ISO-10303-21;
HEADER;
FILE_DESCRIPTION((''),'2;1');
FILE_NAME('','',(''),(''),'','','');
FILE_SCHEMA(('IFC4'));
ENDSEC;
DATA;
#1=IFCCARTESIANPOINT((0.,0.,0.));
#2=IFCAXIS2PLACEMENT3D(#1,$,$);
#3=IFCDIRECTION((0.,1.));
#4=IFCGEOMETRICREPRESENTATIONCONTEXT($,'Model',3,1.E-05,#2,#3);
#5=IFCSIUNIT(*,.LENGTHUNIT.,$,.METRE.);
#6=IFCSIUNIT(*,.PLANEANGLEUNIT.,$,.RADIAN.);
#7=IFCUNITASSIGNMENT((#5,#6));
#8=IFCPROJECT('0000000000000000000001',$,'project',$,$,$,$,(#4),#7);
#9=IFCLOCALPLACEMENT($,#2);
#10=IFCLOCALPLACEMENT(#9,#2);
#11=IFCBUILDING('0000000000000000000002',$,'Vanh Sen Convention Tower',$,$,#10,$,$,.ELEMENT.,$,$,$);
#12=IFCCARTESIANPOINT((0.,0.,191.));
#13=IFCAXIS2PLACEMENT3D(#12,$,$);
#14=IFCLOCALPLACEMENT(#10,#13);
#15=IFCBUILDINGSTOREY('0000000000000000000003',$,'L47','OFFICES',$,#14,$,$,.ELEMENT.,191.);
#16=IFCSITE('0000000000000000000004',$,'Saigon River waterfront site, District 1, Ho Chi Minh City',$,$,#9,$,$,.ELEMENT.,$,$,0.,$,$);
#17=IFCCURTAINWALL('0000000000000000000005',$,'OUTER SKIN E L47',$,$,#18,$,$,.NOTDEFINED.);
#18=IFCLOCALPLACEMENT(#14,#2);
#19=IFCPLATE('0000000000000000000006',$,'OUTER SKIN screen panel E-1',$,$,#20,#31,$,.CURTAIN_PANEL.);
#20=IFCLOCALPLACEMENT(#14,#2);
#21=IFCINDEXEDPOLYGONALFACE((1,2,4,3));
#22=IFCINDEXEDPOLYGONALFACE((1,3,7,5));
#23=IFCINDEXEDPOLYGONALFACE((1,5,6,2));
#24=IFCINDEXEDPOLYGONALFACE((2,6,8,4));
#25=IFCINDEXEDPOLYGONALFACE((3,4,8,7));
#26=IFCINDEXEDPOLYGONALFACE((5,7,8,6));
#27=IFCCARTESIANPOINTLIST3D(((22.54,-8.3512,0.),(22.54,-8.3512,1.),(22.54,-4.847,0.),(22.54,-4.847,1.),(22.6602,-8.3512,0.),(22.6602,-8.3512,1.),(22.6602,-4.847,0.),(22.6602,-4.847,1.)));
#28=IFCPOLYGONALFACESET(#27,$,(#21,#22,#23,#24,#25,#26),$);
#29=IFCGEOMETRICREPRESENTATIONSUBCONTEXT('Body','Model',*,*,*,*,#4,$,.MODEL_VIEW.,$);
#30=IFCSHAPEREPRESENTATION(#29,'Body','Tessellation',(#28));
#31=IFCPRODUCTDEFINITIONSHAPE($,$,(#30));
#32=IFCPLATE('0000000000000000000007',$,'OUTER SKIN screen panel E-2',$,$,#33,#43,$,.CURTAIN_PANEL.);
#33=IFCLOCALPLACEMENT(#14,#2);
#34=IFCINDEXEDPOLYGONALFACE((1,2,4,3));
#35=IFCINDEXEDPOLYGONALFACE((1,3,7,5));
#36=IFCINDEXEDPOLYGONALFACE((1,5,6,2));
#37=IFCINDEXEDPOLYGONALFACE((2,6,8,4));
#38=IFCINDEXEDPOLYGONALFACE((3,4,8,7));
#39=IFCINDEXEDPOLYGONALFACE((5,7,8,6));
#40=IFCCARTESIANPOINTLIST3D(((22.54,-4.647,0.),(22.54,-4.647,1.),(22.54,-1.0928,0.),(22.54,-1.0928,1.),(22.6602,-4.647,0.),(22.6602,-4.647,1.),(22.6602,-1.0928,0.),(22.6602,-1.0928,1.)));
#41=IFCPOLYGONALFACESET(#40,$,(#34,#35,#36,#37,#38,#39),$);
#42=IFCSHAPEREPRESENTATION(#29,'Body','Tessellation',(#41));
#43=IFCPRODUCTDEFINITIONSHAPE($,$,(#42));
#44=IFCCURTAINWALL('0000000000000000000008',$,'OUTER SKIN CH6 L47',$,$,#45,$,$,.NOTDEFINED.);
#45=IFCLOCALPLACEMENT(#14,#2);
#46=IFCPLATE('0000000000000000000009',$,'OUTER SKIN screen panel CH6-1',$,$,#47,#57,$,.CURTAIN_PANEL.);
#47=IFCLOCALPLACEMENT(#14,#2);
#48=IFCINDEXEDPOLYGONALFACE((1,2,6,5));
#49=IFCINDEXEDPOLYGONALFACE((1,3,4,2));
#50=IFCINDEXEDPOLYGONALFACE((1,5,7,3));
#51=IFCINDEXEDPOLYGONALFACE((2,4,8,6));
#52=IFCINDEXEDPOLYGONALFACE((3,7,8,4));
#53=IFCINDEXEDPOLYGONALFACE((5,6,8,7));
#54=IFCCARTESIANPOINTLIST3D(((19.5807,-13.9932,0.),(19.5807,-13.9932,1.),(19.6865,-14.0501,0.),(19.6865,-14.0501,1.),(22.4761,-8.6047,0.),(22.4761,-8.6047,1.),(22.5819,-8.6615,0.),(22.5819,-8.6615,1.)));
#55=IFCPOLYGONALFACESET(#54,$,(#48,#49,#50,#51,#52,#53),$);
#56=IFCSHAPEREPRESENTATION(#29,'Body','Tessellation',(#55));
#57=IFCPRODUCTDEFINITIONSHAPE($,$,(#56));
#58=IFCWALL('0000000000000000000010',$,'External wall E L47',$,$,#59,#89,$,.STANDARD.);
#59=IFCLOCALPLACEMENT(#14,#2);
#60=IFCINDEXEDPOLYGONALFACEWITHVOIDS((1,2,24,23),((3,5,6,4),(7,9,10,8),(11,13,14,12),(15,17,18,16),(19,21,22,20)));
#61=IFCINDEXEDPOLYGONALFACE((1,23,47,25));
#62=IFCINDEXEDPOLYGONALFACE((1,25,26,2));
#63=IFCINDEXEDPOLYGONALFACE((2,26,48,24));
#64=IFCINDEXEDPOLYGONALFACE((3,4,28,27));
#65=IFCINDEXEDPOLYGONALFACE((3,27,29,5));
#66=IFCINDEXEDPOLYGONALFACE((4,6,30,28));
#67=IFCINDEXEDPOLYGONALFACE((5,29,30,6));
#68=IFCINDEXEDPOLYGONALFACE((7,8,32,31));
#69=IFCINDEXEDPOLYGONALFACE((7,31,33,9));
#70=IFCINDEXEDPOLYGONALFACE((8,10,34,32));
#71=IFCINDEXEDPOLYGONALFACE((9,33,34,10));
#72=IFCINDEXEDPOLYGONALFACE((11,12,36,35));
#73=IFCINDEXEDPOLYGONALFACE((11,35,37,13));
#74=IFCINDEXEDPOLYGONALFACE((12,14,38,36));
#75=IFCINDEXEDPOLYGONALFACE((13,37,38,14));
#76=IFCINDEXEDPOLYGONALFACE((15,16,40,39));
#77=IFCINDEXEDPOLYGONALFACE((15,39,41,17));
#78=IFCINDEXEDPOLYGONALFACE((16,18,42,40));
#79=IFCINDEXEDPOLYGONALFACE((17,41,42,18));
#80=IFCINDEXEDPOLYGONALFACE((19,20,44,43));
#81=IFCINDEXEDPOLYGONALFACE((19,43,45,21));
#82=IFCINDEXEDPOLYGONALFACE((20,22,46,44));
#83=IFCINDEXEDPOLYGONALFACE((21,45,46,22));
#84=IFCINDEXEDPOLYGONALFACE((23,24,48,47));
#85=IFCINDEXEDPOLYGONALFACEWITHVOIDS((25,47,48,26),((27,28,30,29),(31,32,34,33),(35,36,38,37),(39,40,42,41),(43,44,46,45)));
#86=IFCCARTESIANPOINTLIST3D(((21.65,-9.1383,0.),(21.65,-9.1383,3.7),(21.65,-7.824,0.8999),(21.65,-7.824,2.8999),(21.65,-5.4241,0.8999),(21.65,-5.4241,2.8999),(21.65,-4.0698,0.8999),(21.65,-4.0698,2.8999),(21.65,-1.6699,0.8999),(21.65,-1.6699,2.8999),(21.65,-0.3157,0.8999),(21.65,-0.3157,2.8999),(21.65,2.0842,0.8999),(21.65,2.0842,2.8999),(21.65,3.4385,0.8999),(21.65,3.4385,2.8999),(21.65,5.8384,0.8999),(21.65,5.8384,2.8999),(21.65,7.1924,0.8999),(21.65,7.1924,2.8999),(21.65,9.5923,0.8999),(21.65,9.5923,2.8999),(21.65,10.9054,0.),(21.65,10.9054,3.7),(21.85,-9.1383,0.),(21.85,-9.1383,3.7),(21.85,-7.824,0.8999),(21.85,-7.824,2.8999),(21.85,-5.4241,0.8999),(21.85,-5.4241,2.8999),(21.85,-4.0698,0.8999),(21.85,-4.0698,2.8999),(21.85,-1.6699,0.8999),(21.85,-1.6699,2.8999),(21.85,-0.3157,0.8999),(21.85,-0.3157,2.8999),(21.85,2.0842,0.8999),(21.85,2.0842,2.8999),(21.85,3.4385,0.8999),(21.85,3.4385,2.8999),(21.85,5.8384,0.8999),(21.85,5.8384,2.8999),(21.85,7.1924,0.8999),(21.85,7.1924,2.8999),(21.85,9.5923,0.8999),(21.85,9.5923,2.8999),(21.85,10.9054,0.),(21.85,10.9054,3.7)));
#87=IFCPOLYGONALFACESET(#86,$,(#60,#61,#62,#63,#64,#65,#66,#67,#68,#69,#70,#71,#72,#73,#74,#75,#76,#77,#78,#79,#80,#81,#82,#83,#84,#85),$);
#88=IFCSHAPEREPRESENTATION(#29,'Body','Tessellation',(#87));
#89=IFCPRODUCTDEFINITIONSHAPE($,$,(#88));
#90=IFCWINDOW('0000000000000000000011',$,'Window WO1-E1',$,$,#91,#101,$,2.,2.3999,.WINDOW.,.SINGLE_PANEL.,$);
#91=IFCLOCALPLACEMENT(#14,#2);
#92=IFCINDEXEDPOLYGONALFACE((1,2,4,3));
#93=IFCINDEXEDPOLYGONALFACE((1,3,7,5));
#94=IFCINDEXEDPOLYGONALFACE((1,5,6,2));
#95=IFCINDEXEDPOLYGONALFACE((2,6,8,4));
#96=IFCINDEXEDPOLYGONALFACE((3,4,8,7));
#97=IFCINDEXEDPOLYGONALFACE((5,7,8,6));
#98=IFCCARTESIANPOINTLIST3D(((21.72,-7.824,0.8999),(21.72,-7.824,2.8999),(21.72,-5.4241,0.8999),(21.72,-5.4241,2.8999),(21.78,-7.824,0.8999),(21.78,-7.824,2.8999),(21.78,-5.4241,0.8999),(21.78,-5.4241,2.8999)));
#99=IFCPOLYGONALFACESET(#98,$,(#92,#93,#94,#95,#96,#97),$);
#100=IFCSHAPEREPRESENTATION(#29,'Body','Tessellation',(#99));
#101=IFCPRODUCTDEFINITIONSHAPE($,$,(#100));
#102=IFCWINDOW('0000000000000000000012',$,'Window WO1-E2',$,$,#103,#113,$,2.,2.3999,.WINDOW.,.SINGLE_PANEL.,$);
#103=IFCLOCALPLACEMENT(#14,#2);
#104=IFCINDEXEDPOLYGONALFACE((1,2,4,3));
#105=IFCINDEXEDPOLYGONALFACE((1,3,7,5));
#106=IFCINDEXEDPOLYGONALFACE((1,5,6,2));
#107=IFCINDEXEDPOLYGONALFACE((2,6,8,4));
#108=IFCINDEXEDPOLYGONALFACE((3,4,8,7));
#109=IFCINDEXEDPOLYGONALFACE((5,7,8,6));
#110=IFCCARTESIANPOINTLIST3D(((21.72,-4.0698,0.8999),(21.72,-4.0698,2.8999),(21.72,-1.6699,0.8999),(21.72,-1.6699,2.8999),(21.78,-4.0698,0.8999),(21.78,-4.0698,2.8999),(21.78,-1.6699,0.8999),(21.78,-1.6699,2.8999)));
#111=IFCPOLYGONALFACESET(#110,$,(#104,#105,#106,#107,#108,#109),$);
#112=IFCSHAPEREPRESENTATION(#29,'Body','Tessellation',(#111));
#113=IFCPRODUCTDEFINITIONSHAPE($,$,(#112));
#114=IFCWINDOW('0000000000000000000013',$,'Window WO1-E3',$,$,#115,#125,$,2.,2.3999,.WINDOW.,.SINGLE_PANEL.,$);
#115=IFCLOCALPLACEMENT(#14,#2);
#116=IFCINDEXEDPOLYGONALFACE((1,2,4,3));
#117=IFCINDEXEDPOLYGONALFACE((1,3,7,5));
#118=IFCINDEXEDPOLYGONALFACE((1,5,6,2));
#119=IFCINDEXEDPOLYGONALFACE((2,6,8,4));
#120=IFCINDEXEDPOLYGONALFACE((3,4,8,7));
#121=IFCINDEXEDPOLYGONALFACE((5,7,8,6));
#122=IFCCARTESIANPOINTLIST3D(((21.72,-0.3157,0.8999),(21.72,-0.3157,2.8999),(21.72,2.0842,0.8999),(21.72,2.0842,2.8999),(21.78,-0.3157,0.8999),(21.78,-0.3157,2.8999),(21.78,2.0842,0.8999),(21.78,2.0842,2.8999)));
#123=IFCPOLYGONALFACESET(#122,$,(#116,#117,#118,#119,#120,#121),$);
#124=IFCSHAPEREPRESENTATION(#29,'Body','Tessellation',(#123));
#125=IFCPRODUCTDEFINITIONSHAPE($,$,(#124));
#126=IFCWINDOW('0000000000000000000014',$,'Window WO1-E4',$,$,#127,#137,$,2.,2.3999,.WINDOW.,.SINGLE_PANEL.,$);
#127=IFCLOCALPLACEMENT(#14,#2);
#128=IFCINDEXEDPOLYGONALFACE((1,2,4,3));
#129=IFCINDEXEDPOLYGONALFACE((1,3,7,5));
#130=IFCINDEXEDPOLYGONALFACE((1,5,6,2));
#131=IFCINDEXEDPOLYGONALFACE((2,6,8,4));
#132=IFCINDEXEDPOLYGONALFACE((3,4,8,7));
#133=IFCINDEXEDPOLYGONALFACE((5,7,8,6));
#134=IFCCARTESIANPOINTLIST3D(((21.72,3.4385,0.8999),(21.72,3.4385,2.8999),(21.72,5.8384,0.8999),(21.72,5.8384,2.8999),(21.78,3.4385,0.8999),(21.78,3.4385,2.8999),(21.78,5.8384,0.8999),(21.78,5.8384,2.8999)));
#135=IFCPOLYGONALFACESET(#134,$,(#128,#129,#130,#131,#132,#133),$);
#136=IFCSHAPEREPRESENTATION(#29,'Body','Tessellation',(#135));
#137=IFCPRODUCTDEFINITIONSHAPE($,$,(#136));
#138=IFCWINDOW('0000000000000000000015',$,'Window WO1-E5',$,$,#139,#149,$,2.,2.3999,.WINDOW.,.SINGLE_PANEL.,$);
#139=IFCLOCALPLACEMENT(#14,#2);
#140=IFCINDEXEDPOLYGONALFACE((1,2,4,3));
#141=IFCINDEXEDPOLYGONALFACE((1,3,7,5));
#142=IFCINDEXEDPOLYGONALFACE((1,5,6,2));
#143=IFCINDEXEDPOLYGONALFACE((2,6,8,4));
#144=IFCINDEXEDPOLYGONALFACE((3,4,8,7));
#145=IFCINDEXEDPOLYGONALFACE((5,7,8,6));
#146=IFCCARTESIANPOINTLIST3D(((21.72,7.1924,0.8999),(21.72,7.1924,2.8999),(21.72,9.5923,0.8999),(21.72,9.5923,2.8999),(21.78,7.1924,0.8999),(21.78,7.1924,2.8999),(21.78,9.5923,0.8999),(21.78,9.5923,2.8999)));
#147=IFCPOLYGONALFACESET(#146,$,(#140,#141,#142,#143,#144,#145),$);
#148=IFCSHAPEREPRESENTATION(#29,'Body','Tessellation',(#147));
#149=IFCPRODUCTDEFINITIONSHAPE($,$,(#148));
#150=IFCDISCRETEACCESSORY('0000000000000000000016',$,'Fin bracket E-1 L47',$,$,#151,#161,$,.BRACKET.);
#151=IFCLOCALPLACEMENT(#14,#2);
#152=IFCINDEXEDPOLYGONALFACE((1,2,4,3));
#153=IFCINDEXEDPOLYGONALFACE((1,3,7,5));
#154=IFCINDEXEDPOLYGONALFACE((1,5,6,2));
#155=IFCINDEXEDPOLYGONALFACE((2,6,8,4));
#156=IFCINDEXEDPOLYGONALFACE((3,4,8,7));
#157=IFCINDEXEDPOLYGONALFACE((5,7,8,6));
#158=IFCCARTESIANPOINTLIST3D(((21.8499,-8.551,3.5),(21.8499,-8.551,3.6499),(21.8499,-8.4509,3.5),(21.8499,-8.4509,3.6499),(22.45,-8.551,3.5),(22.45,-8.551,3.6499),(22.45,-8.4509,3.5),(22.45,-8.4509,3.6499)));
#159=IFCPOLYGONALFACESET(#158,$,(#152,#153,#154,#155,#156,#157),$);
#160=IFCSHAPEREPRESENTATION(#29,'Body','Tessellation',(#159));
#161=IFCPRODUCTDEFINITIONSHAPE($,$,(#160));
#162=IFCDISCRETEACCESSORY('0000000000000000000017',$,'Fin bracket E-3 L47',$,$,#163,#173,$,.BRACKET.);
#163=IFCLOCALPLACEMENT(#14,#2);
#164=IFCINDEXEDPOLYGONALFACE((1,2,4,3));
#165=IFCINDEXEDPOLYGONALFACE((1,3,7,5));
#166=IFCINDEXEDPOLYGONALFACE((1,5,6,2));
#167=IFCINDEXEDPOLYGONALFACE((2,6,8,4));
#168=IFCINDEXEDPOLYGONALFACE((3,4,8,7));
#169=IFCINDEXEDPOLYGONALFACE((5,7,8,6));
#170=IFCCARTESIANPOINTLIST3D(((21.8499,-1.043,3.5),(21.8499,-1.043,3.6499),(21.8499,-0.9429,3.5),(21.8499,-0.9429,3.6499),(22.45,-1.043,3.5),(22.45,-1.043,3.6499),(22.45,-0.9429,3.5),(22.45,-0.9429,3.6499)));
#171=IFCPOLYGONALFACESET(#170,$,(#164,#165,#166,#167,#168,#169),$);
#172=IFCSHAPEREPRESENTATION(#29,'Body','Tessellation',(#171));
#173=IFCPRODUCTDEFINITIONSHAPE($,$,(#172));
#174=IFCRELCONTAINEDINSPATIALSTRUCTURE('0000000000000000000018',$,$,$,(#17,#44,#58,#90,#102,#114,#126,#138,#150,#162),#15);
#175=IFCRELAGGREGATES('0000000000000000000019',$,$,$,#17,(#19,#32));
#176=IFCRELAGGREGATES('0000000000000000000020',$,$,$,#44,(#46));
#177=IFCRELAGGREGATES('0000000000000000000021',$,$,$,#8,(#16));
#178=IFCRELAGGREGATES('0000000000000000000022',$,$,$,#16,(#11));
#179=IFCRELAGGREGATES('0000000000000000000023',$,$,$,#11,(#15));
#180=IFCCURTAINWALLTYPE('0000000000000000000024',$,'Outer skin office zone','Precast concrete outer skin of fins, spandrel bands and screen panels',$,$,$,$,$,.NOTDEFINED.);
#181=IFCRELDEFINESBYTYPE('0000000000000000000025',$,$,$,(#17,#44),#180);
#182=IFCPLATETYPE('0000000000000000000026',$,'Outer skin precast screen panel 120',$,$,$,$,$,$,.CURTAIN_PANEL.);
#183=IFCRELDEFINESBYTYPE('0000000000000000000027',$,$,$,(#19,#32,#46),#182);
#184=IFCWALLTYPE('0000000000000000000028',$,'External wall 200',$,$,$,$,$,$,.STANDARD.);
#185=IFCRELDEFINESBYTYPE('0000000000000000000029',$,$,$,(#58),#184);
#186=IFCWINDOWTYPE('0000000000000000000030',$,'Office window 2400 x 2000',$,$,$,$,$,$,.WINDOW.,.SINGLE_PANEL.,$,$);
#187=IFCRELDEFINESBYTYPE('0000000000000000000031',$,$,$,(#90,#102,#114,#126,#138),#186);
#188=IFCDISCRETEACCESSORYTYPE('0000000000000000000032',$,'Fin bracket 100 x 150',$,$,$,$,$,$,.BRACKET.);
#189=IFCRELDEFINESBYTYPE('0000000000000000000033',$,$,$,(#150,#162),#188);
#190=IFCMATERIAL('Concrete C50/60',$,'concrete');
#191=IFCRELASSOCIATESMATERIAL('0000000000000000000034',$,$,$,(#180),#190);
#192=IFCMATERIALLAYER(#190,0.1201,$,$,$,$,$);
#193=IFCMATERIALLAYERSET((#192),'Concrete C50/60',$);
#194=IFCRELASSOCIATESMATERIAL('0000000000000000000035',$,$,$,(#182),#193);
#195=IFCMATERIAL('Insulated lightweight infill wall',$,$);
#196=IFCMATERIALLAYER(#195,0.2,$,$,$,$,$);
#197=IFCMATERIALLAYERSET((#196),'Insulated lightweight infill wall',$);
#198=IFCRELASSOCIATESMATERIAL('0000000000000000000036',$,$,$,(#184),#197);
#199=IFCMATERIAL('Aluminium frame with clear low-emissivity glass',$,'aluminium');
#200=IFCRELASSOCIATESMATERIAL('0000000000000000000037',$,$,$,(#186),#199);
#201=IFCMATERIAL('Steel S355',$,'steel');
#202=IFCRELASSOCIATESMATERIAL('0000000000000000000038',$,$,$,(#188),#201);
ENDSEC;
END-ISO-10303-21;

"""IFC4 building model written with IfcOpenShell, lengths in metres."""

from ifc_helpers import new_model, si_unit, direction, frame, frame_2d, origin, origin_2d, place, context, subcontext, project, spatial, rectangle, extrude, material, layer, layer_set, type_object, element, fill, aggregate, save


model = new_model("IFC4")

# Units and contexts
model_context = context("Model", 3, precision=1e-05, world=origin(), true_north=direction((0.0, 1.0)))
body_context = subcontext(model_context, "Body", "Model", "MODEL_VIEW")
ifc_project = project(units=[si_unit("LENGTHUNIT", "METRE"), si_unit("PLANEANGLEUNIT", "RADIAN")], contexts=[model_context])

# Site, building, storey
site_placement = place(None, origin())
site = spatial("IfcSite", under=ifc_project, at=site_placement, Name="Saigon River waterfront site, District 1, Ho Chi Minh City", CompositionType="ELEMENT", RefElevation=0.0)
building_placement = place(site_placement, origin())
building = spatial("IfcBuilding", under=site, at=building_placement, Name="Vanh Sen Convention Tower", CompositionType="ELEMENT")
storey_placement = place(building_placement, frame((0.0, 0.0, 191.0)))
storey = spatial("IfcBuildingStorey", under=building, at=storey_placement, Name="L47", Description="OFFICES", CompositionType="ELEMENT", Elevation=191.0)

# Curtain wall
ifc_material_1 = material(Name="Concrete C50/60", Category="concrete")
curtain_wall_type = type_object("IfcCurtainWallType", Name="Outer skin office zone", Description="Precast concrete outer skin of fins, spandrel bands and screen panels", PredefinedType="NOTDEFINED", material=ifc_material_1)
curtain_wall_1_placement = place(storey_placement, origin())
curtain_wall_1 = element("IfcCurtainWall", 1, at=curtain_wall_1_placement, inside=storey, type_object=curtain_wall_type, Name="OUTER SKIN E L47", PredefinedType="NOTDEFINED")

# Plates
ifc_layer_1 = layer(ifc_material_1, 0.1201)
ifc_layer_set_1 = layer_set([ifc_layer_1], Name="Concrete C50/60")
plate_type = type_object("IfcPlateType", Name="Outer skin precast screen panel 120", PredefinedType="CURTAIN_PANEL", material=ifc_layer_set_1)
plate_1_placement = place(storey_placement, frame((22.6001, -6.5991, 0.0), z_axis=(0.0, 0.0, 1.0), x_axis=(0.0, 1.0, 0.0)))
plate_1 = element("IfcPlate", 2, at=plate_1_placement, type_object=plate_type, Name="OUTER SKIN screen panel E-1", PredefinedType="CURTAIN_PANEL", context=body_context, shape_type="SweptSolid", body=[
    extrude(rectangle(XDim=3.5042, YDim=0.1201, at=origin_2d()), origin(), (0.0, 0.0, 1.0), 1.0),
])
plate_2_placement = place(storey_placement, frame((22.6001, -2.8699, 0.0), z_axis=(0.0, 0.0, 1.0), x_axis=(0.0, 1.0, 0.0)))
plate_2 = element("IfcPlate", 3, at=plate_2_placement, type_object=plate_type, Name="OUTER SKIN screen panel E-2", PredefinedType="CURTAIN_PANEL", context=body_context, shape_type="SweptSolid", body=[
    extrude(rectangle(XDim=3.5542, YDim=0.1201, at=origin_2d()), origin(), (0.0, 0.0, 1.0), 1.0),
])
aggregate(curtain_wall_1, [plate_1, plate_2])

# Curtain wall, plate
curtain_wall_2_placement = place(storey_placement, origin())
curtain_wall_2 = element("IfcCurtainWall", 4, at=curtain_wall_2_placement, inside=storey, type_object=curtain_wall_type, Name="OUTER SKIN CH6 L47", PredefinedType="NOTDEFINED")
plate_3_placement = place(storey_placement, frame((21.0813, -11.3274, 0.0), z_axis=(0.0, 0.0, 1.0), x_axis=(0.473321, 0.88089, 0.0)))
plate_3 = element("IfcPlate", 5, at=plate_3_placement, type_object=plate_type, Name="OUTER SKIN screen panel CH6-1", PredefinedType="CURTAIN_PANEL", context=body_context, shape_type="SweptSolid", body=[
    extrude(rectangle(XDim=6.1172, YDim=0.1201, at=origin_2d()), origin(), (0.0, 0.0, 1.0), 1.0),
])
aggregate(curtain_wall_2, [plate_3])

# Wall, openings, windows
ifc_material_2 = material(Name="Insulated lightweight infill wall")
ifc_layer_2 = layer(ifc_material_2, 0.2)
ifc_layer_set_2 = layer_set([ifc_layer_2], Name="Insulated lightweight infill wall")
wall_type = type_object("IfcWallType", Name="External wall 200", PredefinedType="STANDARD", material=ifc_layer_set_2)
wall_placement = place(storey_placement, frame((21.75, -9.1384, 0.0), z_axis=(0.0, 0.0, 1.0), x_axis=(0.0, 1.0, 0.0)))
wall = element("IfcWall", 6, at=wall_placement, inside=storey, type_object=wall_type, Name="External wall E L47", PredefinedType="STANDARD", context=body_context, shape_type="SweptSolid", body=[
    extrude(rectangle(XDim=20.0437, YDim=0.2, at=frame_2d((10.022, 0.0))), origin(), (0.0, 0.0, 1.0), 3.7),
])
opening_1_placement = place(wall_placement, frame((1.3145, 0.0, 0.8999)))
opening_1 = element("IfcOpeningElement", 7, at=opening_1_placement, cuts=wall, PredefinedType="OPENING", context=body_context, shape_type="SweptSolid", body=[
    extrude(rectangle(XDim=2.3999, YDim=2.0, at=frame_2d((1.2, 1.0))), frame((0.0, 0.1099, 0.0), z_axis=(0.0, -1.0, 0.0), x_axis=(1.0, 0.0, 0.0)), (0.0, 0.0, 1.0), 0.22),
])
opening_2_placement = place(wall_placement, frame((5.0686, 0.0, 0.8999)))
opening_2 = element("IfcOpeningElement", 8, at=opening_2_placement, cuts=wall, PredefinedType="OPENING", context=body_context, shape_type="SweptSolid", body=[
    extrude(rectangle(XDim=2.3999, YDim=2.0, at=frame_2d((1.2, 1.0))), frame((0.0, 0.1099, 0.0), z_axis=(0.0, -1.0, 0.0), x_axis=(1.0, 0.0, 0.0)), (0.0, 0.0, 1.0), 0.22),
])
opening_3_placement = place(wall_placement, frame((8.8228, 0.0, 0.8999)))
opening_3 = element("IfcOpeningElement", 9, at=opening_3_placement, cuts=wall, PredefinedType="OPENING", context=body_context, shape_type="SweptSolid", body=[
    extrude(rectangle(XDim=2.3999, YDim=2.0, at=frame_2d((1.2, 1.0))), frame((0.0, 0.1099, 0.0), z_axis=(0.0, -1.0, 0.0), x_axis=(1.0, 0.0, 0.0)), (0.0, 0.0, 1.0), 0.22),
])
opening_4_placement = place(wall_placement, frame((12.5769, 0.0, 0.8999)))
opening_4 = element("IfcOpeningElement", 10, at=opening_4_placement, cuts=wall, PredefinedType="OPENING", context=body_context, shape_type="SweptSolid", body=[
    extrude(rectangle(XDim=2.3999, YDim=2.0, at=frame_2d((1.2, 1.0))), frame((0.0, 0.1099, 0.0), z_axis=(0.0, -1.0, 0.0), x_axis=(1.0, 0.0, 0.0)), (0.0, 0.0, 1.0), 0.22),
])
opening_5_placement = place(wall_placement, frame((16.3308, 0.0, 0.8999)))
opening_5 = element("IfcOpeningElement", 11, at=opening_5_placement, cuts=wall, PredefinedType="OPENING", context=body_context, shape_type="SweptSolid", body=[
    extrude(rectangle(XDim=2.3999, YDim=2.0, at=frame_2d((1.2, 1.0))), frame((0.0, 0.1099, 0.0), z_axis=(0.0, -1.0, 0.0), x_axis=(1.0, 0.0, 0.0)), (0.0, 0.0, 1.0), 0.22),
])
ifc_material_3 = material(Name="Aluminium frame with clear low-emissivity glass", Category="aluminium")
window_type = type_object("IfcWindowType", Name="Office window 2400 x 2000", PartitioningType="SINGLE_PANEL", PredefinedType="WINDOW", material=ifc_material_3)
window_1_placement = place(opening_1_placement, origin())
window_1 = element("IfcWindow", 12, at=window_1_placement, inside=storey, type_object=window_type, Name="Window WO1-E1", OverallHeight=2.0, OverallWidth=2.3999, PartitioningType="SINGLE_PANEL", PredefinedType="WINDOW", context=body_context, shape_type="SweptSolid", body=[
    extrude(rectangle(XDim=2.3999, YDim=2.0, at=frame_2d((1.2, 1.0))), frame((0.0, 0.03, 0.0), z_axis=(0.0, -1.0, 0.0), x_axis=(1.0, 0.0, 0.0)), (0.0, 0.0, 1.0), 0.0601),
])
fill(opening_1, window_1)
window_2_placement = place(opening_2_placement, origin())
window_2 = element("IfcWindow", 13, at=window_2_placement, inside=storey, type_object=window_type, Name="Window WO1-E2", OverallHeight=2.0, OverallWidth=2.3999, PartitioningType="SINGLE_PANEL", PredefinedType="WINDOW", context=body_context, shape_type="SweptSolid", body=[
    extrude(rectangle(XDim=2.3999, YDim=2.0, at=frame_2d((1.2, 1.0))), frame((0.0, 0.03, 0.0), z_axis=(0.0, -1.0, 0.0), x_axis=(1.0, 0.0, 0.0)), (0.0, 0.0, 1.0), 0.0601),
])
fill(opening_2, window_2)
window_3_placement = place(opening_3_placement, origin())
window_3 = element("IfcWindow", 14, at=window_3_placement, inside=storey, type_object=window_type, Name="Window WO1-E3", OverallHeight=2.0, OverallWidth=2.3999, PartitioningType="SINGLE_PANEL", PredefinedType="WINDOW", context=body_context, shape_type="SweptSolid", body=[
    extrude(rectangle(XDim=2.3999, YDim=2.0, at=frame_2d((1.2, 1.0))), frame((0.0, 0.03, 0.0), z_axis=(0.0, -1.0, 0.0), x_axis=(1.0, 0.0, 0.0)), (0.0, 0.0, 1.0), 0.0601),
])
fill(opening_3, window_3)
window_4_placement = place(opening_4_placement, origin())
window_4 = element("IfcWindow", 15, at=window_4_placement, inside=storey, type_object=window_type, Name="Window WO1-E4", OverallHeight=2.0, OverallWidth=2.3999, PartitioningType="SINGLE_PANEL", PredefinedType="WINDOW", context=body_context, shape_type="SweptSolid", body=[
    extrude(rectangle(XDim=2.3999, YDim=2.0, at=frame_2d((1.2, 1.0))), frame((0.0, 0.03, 0.0), z_axis=(0.0, -1.0, 0.0), x_axis=(1.0, 0.0, 0.0)), (0.0, 0.0, 1.0), 0.0601),
])
fill(opening_4, window_4)
window_5_placement = place(opening_5_placement, origin())
window_5 = element("IfcWindow", 16, at=window_5_placement, inside=storey, type_object=window_type, Name="Window WO1-E5", OverallHeight=2.0, OverallWidth=2.3999, PartitioningType="SINGLE_PANEL", PredefinedType="WINDOW", context=body_context, shape_type="SweptSolid", body=[
    extrude(rectangle(XDim=2.3999, YDim=2.0, at=frame_2d((1.2, 1.0))), frame((0.0, 0.03, 0.0), z_axis=(0.0, -1.0, 0.0), x_axis=(1.0, 0.0, 0.0)), (0.0, 0.0, 1.0), 0.0601),
])
fill(opening_5, window_5)

# Discrete accessories
ifc_material_4 = material(Name="Steel S355", Category="steel")
discrete_accessory_type = type_object("IfcDiscreteAccessoryType", Name="Fin bracket 100 x 150", PredefinedType="BRACKET", material=ifc_material_4)
for number, where, z_axis, x_axis, name in (
    (17, (22.1499, -8.501, 3.5), (0.0, 0.0, 1.0), (1.0, 0.0, 0.0), "Fin bracket E-1 L47"),
    (18, (22.1499, -0.9929, 3.5), (0.0, 0.0, 1.0), (1.0, 0.0, 0.0), "Fin bracket E-3 L47"),
):
    element("IfcDiscreteAccessory", number, at=place(storey_placement, frame(where, z_axis=z_axis, x_axis=x_axis)), inside=storey, type_object=discrete_accessory_type, Name=name, PredefinedType="BRACKET", context=body_context, shape_type="SweptSolid", body=[
        extrude(rectangle(XDim=0.6001, YDim=0.1001, at=origin_2d()), origin(), (0.0, 0.0, 1.0), 0.1499),
    ])

save(model, "model.ifc")
